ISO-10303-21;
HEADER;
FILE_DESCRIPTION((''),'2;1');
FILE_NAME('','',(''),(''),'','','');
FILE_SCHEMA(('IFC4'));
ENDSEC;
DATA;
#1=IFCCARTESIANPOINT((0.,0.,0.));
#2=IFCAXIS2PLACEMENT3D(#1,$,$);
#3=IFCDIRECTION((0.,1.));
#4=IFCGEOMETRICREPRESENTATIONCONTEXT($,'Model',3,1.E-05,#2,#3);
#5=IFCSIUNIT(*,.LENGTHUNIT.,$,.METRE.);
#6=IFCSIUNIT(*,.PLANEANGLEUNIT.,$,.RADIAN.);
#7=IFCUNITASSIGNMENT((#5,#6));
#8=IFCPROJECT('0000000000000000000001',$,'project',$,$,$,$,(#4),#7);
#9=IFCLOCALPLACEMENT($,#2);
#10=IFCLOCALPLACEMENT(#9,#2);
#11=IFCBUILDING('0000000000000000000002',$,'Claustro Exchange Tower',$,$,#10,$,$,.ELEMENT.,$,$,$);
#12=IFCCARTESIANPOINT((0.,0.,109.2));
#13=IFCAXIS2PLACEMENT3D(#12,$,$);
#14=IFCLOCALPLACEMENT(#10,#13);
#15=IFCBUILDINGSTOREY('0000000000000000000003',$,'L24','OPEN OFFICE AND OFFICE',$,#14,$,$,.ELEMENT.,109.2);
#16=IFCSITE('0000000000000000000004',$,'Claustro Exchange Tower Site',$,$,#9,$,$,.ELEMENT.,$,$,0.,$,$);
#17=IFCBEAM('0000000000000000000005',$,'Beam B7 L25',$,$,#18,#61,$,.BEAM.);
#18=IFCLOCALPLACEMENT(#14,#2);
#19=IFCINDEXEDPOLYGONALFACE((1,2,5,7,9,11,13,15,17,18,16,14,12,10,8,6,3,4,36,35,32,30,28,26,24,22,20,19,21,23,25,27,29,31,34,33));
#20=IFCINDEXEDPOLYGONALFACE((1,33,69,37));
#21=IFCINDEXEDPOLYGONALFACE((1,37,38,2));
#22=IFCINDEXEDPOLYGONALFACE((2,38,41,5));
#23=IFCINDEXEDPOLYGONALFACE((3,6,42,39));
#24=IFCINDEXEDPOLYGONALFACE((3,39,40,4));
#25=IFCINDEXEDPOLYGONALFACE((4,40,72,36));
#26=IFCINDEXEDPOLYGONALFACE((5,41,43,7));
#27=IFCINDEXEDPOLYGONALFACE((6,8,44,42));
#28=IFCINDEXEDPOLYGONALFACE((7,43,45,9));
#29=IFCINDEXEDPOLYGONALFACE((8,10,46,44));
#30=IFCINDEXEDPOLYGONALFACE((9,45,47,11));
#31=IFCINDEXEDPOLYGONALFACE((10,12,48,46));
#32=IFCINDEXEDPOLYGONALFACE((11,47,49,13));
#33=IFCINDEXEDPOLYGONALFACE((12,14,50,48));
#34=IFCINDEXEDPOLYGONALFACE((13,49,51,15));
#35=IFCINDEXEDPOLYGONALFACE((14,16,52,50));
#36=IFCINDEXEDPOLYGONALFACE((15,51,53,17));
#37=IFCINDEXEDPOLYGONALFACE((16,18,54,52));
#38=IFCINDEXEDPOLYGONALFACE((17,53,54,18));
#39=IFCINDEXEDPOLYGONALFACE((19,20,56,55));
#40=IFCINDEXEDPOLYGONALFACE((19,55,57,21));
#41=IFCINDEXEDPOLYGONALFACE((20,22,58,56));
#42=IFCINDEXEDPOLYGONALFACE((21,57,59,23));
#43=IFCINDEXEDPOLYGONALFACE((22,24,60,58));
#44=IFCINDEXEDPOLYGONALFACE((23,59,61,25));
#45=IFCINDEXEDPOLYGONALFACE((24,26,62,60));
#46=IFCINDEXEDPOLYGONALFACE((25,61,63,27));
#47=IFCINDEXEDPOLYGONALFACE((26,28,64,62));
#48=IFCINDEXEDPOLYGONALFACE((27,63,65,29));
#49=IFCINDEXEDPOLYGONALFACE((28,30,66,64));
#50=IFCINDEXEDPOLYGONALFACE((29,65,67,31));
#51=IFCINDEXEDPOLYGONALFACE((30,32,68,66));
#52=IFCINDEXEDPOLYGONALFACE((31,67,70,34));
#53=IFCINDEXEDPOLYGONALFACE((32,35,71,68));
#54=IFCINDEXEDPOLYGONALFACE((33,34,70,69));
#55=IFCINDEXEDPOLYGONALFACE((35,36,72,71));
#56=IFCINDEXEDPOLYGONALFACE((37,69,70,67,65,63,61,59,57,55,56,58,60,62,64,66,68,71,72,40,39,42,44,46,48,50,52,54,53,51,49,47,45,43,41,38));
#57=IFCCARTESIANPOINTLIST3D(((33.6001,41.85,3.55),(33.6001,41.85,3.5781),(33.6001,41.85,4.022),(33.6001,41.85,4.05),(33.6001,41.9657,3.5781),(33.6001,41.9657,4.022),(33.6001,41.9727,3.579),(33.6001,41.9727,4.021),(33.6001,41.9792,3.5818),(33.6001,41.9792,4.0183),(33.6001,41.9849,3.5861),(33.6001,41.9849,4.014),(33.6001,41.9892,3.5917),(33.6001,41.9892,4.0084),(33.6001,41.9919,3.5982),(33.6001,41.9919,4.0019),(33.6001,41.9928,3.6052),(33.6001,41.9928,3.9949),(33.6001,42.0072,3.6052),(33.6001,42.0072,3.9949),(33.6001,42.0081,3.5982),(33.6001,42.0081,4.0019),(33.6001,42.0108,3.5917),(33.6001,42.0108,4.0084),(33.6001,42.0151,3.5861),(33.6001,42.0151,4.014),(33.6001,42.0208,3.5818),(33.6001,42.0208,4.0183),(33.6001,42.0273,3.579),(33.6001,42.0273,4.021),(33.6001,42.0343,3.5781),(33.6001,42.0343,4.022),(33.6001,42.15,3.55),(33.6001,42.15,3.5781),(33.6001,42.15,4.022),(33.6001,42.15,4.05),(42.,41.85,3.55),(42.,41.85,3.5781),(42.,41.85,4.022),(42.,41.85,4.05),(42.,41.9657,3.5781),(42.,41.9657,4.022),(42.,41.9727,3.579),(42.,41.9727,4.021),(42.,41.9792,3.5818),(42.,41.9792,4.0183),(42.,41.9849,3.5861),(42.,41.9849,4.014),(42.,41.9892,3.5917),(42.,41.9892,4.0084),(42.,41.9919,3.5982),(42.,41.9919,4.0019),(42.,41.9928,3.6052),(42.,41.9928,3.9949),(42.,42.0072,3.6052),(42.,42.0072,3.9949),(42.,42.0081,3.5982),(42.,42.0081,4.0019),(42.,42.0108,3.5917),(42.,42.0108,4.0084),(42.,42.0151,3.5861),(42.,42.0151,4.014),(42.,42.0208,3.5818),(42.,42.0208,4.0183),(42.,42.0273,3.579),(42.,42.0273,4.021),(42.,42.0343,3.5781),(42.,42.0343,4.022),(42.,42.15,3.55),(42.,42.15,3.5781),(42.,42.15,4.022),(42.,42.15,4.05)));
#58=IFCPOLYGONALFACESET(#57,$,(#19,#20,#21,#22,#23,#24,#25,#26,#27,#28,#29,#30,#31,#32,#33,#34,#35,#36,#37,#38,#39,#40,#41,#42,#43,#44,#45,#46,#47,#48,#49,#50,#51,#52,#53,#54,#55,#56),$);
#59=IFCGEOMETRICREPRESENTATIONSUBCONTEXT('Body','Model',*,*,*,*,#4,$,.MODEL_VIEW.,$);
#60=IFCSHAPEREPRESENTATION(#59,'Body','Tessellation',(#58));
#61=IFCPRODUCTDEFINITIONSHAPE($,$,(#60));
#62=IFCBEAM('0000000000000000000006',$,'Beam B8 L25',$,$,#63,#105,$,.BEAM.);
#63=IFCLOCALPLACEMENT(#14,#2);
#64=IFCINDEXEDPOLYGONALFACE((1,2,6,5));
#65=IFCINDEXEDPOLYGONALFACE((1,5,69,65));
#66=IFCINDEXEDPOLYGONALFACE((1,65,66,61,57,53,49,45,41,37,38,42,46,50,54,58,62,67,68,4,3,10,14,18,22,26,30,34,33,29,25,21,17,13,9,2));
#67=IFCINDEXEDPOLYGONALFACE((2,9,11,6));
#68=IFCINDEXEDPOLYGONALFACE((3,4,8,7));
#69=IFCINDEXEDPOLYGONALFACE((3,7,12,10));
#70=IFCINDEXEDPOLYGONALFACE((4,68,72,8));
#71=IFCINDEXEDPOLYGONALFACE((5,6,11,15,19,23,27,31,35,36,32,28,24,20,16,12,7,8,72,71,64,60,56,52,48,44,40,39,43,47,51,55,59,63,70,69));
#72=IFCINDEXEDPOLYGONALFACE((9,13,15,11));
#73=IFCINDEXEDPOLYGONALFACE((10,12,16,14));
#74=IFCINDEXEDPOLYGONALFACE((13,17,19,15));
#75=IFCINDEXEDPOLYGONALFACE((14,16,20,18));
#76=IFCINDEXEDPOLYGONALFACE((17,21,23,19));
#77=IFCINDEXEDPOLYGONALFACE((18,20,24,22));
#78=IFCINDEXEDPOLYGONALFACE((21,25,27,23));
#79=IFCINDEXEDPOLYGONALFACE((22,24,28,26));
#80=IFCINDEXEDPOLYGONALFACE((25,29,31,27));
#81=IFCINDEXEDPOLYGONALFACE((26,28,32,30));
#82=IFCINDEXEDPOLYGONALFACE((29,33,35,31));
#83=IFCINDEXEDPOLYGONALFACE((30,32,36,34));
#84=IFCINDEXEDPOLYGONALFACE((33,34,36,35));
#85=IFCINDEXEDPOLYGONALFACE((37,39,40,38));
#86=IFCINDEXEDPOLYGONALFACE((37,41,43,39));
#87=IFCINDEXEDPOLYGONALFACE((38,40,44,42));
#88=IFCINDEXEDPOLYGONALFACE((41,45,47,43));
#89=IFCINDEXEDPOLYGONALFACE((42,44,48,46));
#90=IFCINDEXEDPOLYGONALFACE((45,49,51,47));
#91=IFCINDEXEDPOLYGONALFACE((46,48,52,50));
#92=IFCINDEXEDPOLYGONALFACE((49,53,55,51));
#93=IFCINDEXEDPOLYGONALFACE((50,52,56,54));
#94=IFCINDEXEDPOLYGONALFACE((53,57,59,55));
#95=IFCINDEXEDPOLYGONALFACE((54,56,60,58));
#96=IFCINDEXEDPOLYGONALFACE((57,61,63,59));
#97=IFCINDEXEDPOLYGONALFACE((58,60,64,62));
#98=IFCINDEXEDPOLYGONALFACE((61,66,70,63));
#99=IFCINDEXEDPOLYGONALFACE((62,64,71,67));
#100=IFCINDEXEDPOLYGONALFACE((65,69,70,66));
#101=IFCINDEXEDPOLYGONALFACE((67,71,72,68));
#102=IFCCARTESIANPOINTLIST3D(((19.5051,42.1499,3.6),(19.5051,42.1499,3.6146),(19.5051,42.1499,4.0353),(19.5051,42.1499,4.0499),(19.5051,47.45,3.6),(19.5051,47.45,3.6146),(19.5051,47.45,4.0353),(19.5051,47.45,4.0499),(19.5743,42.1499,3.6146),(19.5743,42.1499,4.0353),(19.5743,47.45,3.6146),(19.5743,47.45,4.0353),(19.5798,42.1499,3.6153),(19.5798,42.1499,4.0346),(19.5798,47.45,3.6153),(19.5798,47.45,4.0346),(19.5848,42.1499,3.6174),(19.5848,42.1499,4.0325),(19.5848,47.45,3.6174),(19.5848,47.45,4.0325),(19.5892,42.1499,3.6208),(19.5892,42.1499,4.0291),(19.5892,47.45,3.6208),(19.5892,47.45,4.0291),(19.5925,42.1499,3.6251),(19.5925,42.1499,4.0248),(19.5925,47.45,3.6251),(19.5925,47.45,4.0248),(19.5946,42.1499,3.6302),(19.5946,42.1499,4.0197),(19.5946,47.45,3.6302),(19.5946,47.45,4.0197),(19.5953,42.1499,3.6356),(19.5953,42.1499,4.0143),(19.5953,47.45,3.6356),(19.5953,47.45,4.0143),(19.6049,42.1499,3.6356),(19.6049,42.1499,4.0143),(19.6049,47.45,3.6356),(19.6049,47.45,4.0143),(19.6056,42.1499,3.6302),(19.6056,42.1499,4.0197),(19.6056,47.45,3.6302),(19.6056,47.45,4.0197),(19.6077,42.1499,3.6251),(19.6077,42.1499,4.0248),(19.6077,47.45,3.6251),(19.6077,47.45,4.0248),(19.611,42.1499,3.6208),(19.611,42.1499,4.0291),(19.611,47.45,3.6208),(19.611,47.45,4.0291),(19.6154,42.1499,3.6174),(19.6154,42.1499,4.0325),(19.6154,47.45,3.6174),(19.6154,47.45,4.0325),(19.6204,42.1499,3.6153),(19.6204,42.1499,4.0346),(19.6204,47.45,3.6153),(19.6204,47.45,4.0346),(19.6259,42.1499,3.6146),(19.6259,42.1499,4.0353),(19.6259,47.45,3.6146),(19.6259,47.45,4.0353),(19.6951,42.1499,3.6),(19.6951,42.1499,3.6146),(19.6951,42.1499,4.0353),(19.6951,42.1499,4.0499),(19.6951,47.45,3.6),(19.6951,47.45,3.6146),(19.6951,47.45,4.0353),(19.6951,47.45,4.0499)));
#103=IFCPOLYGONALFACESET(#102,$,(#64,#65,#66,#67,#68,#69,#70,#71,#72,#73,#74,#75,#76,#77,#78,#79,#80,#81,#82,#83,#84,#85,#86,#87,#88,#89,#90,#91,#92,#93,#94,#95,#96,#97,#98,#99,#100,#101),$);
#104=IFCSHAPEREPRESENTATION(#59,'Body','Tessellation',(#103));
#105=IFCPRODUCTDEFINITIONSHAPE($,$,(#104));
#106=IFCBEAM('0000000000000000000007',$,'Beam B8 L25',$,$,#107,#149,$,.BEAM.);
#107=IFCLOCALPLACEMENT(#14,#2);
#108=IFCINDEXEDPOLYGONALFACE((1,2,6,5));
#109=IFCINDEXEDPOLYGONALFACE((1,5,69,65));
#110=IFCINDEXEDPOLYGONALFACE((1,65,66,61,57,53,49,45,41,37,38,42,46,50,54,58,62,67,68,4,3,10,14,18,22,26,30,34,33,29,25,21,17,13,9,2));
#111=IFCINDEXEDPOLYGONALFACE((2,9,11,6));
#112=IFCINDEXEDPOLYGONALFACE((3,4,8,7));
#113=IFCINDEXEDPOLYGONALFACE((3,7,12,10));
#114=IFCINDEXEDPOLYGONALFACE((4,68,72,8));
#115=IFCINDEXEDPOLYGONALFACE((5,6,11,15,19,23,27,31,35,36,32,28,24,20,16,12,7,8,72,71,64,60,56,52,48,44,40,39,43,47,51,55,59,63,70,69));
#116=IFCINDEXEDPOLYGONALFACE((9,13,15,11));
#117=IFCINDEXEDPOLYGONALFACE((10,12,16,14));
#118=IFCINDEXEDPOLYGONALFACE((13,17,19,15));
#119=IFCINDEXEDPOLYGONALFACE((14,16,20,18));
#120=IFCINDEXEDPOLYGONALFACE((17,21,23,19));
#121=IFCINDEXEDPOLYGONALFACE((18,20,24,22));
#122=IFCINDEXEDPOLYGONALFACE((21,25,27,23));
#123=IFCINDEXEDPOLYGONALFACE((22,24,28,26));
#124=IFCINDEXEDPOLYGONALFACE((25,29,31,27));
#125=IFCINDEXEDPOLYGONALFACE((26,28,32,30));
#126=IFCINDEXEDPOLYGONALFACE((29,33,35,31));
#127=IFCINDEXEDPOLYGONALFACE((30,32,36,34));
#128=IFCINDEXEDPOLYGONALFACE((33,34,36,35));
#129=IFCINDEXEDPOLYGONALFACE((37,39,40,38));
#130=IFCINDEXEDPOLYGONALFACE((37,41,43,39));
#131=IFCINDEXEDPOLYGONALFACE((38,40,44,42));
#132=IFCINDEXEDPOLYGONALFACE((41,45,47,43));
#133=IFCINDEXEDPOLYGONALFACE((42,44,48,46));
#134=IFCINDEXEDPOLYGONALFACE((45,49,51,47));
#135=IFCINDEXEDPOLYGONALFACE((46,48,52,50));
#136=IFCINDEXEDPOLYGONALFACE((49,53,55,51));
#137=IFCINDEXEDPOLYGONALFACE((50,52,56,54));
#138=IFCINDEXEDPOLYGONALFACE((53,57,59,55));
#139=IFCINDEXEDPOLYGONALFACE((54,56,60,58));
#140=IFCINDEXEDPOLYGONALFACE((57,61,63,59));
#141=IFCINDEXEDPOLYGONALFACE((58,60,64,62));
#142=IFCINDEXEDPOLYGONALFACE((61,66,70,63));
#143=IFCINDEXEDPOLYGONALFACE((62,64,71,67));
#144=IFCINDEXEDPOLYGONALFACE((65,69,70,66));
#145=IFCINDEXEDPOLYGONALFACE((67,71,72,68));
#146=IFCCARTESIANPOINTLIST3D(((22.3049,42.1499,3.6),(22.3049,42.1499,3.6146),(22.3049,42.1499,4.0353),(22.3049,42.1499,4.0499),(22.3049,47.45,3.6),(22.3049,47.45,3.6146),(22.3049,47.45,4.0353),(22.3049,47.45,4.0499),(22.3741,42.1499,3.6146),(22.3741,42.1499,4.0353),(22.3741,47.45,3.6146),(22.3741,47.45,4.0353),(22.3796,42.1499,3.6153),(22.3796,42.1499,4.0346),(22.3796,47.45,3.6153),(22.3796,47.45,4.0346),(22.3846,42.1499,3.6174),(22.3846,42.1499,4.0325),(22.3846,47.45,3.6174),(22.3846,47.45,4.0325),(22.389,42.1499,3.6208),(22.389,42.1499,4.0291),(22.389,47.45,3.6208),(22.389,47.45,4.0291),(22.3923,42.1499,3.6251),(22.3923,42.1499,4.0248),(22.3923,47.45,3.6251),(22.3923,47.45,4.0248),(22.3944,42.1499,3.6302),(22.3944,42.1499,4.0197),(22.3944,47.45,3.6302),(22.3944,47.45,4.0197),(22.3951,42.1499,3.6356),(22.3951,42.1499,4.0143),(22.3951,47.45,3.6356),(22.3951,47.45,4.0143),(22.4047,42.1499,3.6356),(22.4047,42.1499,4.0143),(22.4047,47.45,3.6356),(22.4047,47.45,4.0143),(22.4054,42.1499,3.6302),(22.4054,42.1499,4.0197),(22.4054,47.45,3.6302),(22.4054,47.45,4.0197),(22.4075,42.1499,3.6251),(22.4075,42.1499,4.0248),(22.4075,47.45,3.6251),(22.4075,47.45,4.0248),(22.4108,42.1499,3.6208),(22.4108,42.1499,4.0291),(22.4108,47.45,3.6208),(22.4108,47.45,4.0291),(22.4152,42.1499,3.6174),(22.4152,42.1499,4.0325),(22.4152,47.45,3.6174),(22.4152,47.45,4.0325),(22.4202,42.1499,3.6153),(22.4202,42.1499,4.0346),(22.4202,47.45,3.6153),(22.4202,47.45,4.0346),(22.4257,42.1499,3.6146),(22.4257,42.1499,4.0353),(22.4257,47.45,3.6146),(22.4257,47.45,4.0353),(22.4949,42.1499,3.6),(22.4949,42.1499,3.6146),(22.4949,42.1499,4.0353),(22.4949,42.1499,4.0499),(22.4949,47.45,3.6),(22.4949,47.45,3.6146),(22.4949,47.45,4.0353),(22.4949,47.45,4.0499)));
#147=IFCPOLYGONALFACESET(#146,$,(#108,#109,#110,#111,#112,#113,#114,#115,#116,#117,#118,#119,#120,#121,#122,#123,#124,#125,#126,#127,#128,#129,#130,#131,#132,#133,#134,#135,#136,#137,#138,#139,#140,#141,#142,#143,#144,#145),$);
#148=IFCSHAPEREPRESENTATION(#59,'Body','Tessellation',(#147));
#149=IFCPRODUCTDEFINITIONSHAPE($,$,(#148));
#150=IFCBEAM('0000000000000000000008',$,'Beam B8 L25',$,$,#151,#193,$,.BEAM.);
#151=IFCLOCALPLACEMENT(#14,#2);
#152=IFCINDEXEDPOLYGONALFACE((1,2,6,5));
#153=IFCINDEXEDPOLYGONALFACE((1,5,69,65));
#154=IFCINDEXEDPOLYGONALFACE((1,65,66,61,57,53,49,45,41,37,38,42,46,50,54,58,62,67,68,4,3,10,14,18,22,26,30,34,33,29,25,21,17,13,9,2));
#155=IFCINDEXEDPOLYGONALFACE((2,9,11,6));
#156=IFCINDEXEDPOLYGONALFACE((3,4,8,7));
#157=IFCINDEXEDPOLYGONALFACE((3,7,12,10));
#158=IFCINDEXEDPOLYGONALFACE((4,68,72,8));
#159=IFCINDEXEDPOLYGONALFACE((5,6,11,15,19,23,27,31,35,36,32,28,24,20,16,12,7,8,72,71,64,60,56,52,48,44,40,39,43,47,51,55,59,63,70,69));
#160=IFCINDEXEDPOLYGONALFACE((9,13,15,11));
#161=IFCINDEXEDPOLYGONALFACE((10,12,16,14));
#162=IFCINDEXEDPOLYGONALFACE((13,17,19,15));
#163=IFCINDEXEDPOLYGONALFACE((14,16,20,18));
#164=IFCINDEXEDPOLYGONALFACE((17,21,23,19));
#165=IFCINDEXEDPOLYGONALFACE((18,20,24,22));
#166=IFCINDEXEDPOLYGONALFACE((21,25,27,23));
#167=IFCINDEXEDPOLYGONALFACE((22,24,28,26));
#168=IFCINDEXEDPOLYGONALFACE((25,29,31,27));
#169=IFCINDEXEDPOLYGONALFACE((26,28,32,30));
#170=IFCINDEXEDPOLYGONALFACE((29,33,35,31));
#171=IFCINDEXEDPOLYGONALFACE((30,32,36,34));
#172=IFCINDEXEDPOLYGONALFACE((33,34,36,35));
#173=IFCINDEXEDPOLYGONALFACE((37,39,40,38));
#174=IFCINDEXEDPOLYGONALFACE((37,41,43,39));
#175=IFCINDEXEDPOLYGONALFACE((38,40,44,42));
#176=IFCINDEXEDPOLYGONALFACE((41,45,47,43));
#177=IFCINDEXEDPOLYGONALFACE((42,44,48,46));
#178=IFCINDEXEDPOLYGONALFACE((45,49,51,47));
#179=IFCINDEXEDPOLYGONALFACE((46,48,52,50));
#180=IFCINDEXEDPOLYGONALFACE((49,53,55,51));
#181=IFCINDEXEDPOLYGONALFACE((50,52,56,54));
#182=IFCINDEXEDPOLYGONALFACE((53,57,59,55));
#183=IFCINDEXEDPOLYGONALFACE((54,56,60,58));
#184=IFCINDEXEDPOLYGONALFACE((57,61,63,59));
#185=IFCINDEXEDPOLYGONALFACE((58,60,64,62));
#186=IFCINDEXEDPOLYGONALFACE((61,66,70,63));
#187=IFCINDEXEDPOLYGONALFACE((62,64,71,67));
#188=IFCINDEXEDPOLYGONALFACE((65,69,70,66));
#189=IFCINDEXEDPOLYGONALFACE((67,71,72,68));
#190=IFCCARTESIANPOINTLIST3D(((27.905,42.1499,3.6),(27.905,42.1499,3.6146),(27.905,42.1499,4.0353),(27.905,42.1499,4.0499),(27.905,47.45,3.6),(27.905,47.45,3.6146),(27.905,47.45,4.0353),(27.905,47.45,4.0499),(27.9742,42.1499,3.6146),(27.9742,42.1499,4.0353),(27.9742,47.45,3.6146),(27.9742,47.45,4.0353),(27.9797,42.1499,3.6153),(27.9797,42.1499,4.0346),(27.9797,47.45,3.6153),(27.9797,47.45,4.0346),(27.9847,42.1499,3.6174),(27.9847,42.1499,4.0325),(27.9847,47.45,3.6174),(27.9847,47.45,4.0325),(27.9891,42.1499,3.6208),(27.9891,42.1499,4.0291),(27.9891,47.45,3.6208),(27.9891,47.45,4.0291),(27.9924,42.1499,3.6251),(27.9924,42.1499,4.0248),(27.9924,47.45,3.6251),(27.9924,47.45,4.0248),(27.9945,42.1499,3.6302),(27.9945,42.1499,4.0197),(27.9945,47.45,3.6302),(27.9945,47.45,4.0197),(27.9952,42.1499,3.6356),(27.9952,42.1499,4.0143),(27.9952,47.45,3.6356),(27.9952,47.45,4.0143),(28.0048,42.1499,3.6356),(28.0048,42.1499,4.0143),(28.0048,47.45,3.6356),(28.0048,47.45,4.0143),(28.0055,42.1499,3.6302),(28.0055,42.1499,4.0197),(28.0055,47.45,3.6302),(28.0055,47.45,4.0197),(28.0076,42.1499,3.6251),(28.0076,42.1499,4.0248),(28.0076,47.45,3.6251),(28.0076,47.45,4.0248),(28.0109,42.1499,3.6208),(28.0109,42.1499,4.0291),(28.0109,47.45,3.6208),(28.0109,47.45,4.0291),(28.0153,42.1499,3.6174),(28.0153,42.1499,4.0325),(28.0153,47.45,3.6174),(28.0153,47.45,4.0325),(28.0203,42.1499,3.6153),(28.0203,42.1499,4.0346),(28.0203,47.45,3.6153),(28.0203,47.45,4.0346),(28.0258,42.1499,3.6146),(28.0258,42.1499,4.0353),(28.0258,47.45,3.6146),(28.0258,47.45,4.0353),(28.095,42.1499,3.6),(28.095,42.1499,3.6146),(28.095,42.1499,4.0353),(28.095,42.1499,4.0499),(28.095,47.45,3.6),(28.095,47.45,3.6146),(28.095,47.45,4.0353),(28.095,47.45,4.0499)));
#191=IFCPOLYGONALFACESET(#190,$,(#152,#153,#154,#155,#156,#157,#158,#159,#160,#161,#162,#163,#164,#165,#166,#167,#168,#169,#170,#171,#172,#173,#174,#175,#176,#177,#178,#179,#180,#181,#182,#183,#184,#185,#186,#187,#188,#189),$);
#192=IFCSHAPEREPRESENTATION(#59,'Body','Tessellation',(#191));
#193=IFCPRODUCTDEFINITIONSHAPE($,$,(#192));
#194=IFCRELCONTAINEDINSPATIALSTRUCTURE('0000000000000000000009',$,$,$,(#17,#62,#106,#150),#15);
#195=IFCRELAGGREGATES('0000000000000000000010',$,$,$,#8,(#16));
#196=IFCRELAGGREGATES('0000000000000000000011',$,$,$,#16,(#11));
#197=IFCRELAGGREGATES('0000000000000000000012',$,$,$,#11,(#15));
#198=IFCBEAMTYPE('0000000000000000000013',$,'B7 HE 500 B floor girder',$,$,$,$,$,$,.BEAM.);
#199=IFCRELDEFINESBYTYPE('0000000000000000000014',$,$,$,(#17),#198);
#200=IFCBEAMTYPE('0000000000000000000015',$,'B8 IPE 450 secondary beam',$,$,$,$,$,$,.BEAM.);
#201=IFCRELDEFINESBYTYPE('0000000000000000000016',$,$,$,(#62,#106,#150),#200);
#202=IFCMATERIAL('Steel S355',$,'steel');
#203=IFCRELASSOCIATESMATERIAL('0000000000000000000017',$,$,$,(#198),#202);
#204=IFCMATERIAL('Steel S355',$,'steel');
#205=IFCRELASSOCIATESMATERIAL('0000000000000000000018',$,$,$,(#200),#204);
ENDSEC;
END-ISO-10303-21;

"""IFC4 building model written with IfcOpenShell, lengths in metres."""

from ifc_helpers import new_model, si_unit, direction, frame, origin, origin_2d, place, context, subcontext, project, spatial, i_section, extrude, material, material_profile, profile_set, type_object, element, save


model = new_model("IFC4")

# Units and contexts
model_context = context("Model", 3, precision=1e-05, world=origin(), true_north=direction((0.0, 1.0)))
body_context = subcontext(model_context, "Body", "Model", "MODEL_VIEW")
ifc_project = project(units=[si_unit("LENGTHUNIT", "METRE"), si_unit("PLANEANGLEUNIT", "RADIAN")], contexts=[model_context])

# Site, building, storey
site_placement = place(None, origin())
site = spatial("IfcSite", under=ifc_project, at=site_placement, Name="Claustro Exchange Tower Site", CompositionType="ELEMENT", RefElevation=0.0)
building_placement = place(site_placement, origin())
building = spatial("IfcBuilding", under=site, at=building_placement, Name="Claustro Exchange Tower", CompositionType="ELEMENT")
storey_placement = place(building_placement, frame((0.0, 0.0, 109.2)))
storey = spatial("IfcBuildingStorey", under=building, at=storey_placement, Name="L24", Description="OPEN OFFICE AND OFFICE", CompositionType="ELEMENT", Elevation=109.2)

# Beams
ifc_material_1 = material(Name="Steel S355", Category="steel")
ifc_material_profile_1 = material_profile(ifc_material_1, i_section(OverallWidth=0.3, OverallDepth=0.5, WebThickness=0.0144, FlangeThickness=0.0281, FilletRadius=0.0271, at=origin_2d()), Name="HE 500 B")
ifc_profile_set_1 = profile_set([ifc_material_profile_1], Name="Steel S355")
beam_type_1 = type_object("IfcBeamType", Name="B7 HE 500 B floor girder", PredefinedType="BEAM", material=ifc_profile_set_1)
beam_1_placement = place(storey_placement, frame((33.6001, 42.0, 3.8), z_axis=(1.0, 0.0, 0.0), x_axis=(0.0, 1.0, 0.0)))
element("IfcBeam", 1, at=beam_1_placement, inside=storey, type_object=beam_type_1, Name="Beam B7 L25", PredefinedType="BEAM", context=body_context, shape_type="SweptSolid", body=[
    extrude(i_section(OverallWidth=0.3, OverallDepth=0.5, WebThickness=0.0144, FlangeThickness=0.0281, FilletRadius=0.0271, at=origin_2d()), origin(), (0.0, 0.0, 1.0), 8.3999),
])
ifc_material_2 = material(Name="Steel S355", Category="steel")
ifc_material_profile_2 = material_profile(ifc_material_2, i_section(OverallWidth=0.1899, OverallDepth=0.45, WebThickness=0.0095, FlangeThickness=0.0146, FilletRadius=0.021, at=origin_2d()), Name="IPE 450")
ifc_profile_set_2 = profile_set([ifc_material_profile_2], Name="Steel S355")
beam_type_2 = type_object("IfcBeamType", Name="B8 IPE 450 secondary beam", PredefinedType="BEAM", material=ifc_profile_set_2)
for number, where, z_axis, x_axis, name in (
    (2, (19.6001, 42.1499, 3.825), (0.0, 1.0, 0.0), (-1.0, 0.0, 0.0), "Beam B8 L25"),
    (3, (22.3999, 42.1499, 3.825), (0.0, 1.0, 0.0), (-1.0, 0.0, 0.0), "Beam B8 L25"),
    (4, (28.0, 42.1499, 3.825), (0.0, 1.0, 0.0), (-1.0, 0.0, 0.0), "Beam B8 L25"),
):
    element("IfcBeam", number, at=place(storey_placement, frame(where, z_axis=z_axis, x_axis=x_axis)), inside=storey, type_object=beam_type_2, Name=name, PredefinedType="BEAM", context=body_context, shape_type="SweptSolid", body=[
        extrude(i_section(OverallWidth=0.1899, OverallDepth=0.45, WebThickness=0.0095, FlangeThickness=0.0146, FilletRadius=0.021, at=origin_2d()), origin(), (0.0, 0.0, 1.0), 5.3),
    ])

save(model, "model.ifc")
